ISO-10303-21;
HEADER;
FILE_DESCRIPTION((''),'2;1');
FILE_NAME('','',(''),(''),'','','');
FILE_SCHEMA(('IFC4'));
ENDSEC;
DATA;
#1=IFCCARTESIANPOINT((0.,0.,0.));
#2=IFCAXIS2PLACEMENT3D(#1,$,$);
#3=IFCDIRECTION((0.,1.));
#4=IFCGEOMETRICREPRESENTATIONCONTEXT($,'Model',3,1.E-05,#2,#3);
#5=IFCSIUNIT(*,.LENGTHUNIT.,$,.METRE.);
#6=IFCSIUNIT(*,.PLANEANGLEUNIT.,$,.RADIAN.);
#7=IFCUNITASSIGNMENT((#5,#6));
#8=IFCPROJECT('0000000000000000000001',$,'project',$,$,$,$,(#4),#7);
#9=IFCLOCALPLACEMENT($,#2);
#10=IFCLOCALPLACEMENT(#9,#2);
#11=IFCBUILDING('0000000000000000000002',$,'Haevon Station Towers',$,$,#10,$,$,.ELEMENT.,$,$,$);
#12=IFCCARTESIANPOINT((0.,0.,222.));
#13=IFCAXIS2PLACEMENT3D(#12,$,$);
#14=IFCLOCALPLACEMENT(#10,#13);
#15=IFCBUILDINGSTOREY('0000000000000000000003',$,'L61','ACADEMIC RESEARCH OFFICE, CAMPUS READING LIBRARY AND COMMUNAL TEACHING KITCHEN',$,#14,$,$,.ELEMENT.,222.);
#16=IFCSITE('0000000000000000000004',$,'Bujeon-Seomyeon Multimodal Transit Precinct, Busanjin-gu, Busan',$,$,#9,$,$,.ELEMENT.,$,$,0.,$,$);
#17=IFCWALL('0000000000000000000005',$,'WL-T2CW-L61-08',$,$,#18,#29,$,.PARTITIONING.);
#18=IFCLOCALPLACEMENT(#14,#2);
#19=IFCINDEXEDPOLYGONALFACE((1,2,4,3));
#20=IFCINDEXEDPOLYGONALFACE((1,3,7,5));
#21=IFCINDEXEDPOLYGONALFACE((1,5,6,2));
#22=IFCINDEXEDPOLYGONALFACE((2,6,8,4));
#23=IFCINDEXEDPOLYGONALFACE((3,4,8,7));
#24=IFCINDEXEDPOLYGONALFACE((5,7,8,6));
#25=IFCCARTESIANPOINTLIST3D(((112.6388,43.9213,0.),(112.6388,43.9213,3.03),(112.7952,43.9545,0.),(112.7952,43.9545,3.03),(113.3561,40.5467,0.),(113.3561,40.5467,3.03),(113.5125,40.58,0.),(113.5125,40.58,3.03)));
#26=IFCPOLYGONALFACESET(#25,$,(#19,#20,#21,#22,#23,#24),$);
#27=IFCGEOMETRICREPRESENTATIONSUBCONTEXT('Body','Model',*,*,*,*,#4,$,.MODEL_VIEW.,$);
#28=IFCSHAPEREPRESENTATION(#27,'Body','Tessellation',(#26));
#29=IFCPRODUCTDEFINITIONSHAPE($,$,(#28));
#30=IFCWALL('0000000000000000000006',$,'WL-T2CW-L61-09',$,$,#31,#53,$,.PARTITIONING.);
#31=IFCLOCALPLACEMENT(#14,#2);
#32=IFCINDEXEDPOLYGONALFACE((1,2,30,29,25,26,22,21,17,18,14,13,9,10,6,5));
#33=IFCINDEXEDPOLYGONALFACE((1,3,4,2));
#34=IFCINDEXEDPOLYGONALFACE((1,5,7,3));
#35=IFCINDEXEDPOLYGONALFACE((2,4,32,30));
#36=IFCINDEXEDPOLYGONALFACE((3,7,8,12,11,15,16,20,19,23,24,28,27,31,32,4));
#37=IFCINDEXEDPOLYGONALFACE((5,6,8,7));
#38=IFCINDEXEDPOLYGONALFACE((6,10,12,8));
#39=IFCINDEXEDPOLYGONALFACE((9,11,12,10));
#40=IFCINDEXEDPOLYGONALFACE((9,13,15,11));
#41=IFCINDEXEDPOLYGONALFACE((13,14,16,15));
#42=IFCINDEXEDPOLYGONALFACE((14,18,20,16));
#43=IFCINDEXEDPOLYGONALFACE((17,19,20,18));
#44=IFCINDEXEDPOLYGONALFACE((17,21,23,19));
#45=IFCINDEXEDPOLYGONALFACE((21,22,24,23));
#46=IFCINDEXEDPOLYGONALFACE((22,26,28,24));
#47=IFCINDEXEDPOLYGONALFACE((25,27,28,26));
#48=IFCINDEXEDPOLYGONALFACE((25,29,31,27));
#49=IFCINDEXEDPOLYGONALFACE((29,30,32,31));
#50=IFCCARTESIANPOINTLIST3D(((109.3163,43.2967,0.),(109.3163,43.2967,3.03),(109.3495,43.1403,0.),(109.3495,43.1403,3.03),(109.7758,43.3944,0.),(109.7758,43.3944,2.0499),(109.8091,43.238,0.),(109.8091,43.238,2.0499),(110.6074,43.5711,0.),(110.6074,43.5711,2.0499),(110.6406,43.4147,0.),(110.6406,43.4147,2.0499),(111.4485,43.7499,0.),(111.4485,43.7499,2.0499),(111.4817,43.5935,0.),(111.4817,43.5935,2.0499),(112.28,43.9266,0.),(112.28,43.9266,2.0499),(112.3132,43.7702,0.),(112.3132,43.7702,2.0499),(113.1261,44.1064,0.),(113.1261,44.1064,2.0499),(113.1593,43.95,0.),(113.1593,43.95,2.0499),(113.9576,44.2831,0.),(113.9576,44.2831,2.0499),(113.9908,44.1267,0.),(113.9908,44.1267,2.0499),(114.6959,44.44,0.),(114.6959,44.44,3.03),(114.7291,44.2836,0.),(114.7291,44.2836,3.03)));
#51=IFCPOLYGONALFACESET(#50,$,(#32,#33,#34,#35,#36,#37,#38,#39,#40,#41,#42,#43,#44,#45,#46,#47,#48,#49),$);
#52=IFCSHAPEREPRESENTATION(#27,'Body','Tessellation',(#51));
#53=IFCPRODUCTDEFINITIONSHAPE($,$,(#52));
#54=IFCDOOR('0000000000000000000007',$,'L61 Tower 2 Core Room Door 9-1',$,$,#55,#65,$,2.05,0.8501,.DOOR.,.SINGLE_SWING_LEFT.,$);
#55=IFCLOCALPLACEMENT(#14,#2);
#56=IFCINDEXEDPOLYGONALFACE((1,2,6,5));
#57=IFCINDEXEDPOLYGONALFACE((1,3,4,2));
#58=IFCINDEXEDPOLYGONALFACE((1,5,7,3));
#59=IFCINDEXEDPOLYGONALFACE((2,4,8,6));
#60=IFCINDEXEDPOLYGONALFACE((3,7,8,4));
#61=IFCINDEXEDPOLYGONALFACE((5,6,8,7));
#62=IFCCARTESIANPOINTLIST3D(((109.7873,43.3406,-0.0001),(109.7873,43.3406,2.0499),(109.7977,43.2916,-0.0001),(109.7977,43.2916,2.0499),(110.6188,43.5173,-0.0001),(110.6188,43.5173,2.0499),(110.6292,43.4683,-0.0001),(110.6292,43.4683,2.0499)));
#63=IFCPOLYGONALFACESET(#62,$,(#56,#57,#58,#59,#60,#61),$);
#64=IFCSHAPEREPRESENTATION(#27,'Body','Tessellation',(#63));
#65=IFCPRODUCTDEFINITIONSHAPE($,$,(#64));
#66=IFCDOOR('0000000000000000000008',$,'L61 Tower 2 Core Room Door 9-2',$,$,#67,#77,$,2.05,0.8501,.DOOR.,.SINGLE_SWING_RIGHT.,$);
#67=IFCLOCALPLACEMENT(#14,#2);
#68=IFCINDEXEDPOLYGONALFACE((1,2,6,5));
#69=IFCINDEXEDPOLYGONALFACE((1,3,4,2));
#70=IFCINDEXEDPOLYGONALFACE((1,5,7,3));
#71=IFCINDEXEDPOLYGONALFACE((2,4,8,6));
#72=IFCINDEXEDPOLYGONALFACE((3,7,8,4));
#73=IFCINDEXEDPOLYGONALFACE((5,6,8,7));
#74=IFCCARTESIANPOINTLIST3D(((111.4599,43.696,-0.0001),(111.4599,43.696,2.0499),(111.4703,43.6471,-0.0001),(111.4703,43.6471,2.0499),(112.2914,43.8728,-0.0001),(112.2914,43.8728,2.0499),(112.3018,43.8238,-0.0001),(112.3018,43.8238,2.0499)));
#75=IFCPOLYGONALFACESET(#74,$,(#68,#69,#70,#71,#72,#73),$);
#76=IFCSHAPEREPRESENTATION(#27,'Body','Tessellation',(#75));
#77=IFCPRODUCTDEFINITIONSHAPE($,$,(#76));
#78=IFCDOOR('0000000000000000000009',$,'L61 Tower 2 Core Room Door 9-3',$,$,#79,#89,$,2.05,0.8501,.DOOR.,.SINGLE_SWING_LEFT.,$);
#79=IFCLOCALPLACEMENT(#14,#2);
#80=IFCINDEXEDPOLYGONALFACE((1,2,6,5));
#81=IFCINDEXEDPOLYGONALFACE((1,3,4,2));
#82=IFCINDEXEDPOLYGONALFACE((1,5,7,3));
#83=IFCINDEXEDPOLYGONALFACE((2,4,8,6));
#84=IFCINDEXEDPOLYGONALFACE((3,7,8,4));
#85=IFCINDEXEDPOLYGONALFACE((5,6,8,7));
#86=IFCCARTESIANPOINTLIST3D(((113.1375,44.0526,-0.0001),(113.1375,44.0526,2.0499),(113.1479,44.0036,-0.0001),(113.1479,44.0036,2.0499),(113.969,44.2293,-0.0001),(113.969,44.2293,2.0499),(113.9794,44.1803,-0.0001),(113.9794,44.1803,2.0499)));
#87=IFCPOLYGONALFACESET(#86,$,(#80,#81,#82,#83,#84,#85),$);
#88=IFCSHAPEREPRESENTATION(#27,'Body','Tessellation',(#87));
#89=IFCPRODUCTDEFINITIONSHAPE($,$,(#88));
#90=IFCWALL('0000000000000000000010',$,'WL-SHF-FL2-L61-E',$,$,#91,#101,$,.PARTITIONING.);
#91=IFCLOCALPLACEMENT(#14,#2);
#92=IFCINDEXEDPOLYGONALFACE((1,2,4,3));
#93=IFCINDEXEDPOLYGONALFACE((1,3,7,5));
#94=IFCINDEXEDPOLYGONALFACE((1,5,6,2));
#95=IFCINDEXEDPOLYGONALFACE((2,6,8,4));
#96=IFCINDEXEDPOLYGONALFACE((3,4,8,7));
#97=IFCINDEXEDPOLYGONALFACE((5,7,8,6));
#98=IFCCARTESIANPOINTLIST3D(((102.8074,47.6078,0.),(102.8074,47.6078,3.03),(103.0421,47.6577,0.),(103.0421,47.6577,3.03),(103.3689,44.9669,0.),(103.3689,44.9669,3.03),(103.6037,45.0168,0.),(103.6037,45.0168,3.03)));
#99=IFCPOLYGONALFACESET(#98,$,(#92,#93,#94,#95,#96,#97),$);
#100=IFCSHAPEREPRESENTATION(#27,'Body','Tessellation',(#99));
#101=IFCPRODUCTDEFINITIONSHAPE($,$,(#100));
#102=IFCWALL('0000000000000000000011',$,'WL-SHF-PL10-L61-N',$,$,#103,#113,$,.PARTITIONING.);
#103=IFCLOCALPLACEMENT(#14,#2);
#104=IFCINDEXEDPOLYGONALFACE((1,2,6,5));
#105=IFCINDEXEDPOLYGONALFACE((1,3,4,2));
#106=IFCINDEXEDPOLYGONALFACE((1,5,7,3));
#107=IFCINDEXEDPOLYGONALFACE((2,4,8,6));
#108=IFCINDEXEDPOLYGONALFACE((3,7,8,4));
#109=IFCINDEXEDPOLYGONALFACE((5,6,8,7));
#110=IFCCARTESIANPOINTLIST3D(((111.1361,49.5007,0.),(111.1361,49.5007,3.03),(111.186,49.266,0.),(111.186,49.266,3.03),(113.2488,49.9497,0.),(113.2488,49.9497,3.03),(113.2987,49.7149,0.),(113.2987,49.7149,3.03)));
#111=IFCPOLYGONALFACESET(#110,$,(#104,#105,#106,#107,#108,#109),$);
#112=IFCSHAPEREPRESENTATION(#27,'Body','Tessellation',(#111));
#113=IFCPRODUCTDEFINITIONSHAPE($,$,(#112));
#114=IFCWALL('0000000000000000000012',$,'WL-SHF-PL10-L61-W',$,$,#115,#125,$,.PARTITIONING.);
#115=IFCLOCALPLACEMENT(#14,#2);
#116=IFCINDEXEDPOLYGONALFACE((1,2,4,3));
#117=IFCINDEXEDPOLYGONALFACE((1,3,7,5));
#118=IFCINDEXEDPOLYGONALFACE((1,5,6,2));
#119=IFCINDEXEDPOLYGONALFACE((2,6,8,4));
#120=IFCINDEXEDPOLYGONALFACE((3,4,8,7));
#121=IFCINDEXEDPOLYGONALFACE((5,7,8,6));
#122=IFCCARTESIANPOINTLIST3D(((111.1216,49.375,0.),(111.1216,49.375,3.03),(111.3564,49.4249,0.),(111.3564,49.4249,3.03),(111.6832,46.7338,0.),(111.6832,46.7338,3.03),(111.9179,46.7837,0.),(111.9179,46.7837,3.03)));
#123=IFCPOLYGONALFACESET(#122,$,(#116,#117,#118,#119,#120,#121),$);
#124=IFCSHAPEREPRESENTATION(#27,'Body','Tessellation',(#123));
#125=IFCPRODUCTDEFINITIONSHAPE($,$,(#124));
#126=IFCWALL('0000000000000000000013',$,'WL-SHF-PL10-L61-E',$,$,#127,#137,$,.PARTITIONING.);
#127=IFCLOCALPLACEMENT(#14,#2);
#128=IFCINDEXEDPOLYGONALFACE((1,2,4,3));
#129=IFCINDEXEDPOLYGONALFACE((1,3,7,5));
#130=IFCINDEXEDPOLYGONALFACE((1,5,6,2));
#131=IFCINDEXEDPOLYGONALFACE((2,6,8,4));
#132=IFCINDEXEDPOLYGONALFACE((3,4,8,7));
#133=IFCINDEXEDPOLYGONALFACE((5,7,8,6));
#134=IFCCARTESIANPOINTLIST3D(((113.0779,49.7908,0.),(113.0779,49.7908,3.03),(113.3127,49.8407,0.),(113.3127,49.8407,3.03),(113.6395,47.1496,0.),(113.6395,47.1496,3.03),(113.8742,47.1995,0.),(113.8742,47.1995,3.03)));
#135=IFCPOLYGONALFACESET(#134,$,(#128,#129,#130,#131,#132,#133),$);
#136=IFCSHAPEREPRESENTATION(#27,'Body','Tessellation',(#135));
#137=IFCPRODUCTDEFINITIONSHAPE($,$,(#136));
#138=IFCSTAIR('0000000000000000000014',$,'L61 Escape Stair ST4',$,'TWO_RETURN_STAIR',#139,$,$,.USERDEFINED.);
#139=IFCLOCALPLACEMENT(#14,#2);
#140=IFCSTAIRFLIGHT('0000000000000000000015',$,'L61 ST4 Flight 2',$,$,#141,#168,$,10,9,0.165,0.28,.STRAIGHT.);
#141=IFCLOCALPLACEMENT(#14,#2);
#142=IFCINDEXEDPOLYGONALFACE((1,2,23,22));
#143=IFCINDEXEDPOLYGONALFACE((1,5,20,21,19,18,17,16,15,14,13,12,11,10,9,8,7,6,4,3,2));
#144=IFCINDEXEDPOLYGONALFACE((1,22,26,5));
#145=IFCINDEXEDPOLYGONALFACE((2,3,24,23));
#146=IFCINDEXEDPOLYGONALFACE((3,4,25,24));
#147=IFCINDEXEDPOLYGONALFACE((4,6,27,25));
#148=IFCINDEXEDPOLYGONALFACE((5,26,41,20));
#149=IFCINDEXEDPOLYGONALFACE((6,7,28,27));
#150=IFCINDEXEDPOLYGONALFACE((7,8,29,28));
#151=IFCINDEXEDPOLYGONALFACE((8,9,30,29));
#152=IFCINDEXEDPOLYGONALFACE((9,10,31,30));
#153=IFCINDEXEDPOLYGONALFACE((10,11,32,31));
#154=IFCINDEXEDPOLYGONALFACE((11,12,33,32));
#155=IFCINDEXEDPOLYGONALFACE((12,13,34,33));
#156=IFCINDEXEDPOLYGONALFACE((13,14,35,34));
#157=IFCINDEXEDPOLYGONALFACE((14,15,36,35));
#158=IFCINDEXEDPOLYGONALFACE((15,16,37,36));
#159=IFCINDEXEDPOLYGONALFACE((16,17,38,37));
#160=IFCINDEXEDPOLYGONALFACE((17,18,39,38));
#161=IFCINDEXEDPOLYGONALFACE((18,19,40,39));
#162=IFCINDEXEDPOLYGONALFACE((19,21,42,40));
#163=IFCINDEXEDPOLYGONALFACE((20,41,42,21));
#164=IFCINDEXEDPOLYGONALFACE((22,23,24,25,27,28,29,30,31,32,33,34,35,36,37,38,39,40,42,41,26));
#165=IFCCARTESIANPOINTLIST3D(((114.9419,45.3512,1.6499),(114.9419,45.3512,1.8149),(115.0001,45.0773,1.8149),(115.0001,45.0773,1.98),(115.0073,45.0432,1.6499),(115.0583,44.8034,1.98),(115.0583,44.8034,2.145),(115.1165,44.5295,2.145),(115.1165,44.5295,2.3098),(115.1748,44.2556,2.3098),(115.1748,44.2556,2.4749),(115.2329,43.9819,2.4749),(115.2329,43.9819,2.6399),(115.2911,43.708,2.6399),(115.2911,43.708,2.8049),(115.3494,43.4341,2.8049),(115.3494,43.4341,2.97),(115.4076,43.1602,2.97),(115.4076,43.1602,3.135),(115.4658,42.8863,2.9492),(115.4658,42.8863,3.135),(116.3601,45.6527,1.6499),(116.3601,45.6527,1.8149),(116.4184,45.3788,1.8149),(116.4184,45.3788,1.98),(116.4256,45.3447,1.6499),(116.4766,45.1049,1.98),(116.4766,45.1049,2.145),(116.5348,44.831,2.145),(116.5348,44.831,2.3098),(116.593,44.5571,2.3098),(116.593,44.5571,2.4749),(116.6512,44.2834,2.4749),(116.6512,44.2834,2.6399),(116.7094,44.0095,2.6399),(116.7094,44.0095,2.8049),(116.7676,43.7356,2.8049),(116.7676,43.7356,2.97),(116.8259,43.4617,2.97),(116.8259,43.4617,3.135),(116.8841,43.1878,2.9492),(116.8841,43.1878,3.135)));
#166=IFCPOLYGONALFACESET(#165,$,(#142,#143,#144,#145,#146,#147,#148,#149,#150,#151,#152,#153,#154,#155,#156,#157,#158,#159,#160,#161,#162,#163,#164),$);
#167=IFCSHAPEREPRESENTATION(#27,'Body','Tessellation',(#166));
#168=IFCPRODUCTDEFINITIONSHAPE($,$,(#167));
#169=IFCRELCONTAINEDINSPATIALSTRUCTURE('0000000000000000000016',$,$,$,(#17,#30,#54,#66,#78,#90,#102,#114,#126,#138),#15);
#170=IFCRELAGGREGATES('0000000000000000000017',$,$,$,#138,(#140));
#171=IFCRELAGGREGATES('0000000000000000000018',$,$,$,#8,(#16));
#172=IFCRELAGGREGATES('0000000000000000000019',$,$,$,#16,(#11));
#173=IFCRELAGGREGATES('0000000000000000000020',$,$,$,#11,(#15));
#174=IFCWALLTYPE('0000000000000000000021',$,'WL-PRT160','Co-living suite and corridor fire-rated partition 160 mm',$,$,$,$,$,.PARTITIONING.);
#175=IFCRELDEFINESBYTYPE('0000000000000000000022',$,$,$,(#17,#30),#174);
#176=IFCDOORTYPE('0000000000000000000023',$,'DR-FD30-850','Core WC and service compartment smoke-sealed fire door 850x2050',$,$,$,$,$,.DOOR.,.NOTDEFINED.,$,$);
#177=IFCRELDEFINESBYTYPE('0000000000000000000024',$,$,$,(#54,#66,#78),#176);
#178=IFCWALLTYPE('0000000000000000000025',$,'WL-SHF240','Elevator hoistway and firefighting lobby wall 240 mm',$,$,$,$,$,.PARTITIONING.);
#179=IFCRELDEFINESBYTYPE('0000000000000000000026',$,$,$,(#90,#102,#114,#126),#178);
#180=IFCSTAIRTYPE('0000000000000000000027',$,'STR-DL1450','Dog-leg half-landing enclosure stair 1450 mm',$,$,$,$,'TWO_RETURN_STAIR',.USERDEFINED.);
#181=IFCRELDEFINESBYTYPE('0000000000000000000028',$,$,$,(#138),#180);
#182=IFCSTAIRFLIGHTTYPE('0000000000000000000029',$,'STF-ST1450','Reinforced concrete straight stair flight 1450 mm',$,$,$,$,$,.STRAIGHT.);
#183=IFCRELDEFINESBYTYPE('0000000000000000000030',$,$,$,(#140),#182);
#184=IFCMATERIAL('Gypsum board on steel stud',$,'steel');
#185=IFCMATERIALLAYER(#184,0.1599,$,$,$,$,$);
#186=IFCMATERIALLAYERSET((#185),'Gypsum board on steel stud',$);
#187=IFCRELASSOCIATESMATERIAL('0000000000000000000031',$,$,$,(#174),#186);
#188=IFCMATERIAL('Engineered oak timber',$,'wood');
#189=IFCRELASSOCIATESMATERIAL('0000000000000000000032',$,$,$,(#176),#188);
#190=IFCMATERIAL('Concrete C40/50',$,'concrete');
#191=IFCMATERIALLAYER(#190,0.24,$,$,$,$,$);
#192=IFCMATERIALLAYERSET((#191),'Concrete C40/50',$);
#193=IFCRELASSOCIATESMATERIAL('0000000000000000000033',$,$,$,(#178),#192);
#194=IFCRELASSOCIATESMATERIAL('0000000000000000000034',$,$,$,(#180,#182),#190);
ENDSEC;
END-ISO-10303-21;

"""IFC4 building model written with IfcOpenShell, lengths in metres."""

from ifc_helpers import new_model, si_unit, direction, frame, frame_2d, origin, place, context, subcontext, project, spatial, polyline, rectangle, outline, extrude, material, layer, layer_set, type_object, element, fill, aggregate, save


model = new_model("IFC4")

# Units and contexts
model_context = context("Model", 3, precision=1e-05, world=origin(), true_north=direction((0.0, 1.0)))
body_context = subcontext(model_context, "Body", "Model", "MODEL_VIEW")
ifc_project = project(units=[si_unit("LENGTHUNIT", "METRE"), si_unit("PLANEANGLEUNIT", "RADIAN")], contexts=[model_context])

# Site, building, storey
site_placement = place(None, origin())
site = spatial("IfcSite", under=ifc_project, at=site_placement, Name="Bujeon-Seomyeon Multimodal Transit Precinct, Busanjin-gu, Busan", CompositionType="ELEMENT", RefElevation=0.0)
building_placement = place(site_placement, origin())
building = spatial("IfcBuilding", under=site, at=building_placement, Name="Haevon Station Towers", CompositionType="ELEMENT")
storey_placement = place(building_placement, frame((0.0, 0.0, 222.0)))
storey = spatial("IfcBuildingStorey", under=building, at=storey_placement, Name="L61", Description="ACADEMIC RESEARCH OFFICE, CAMPUS READING LIBRARY AND COMMUNAL TEACHING KITCHEN", CompositionType="ELEMENT", Elevation=222.0)

# Shared definitions
ifc_material_1 = material(Name="Gypsum board on steel stud", Category="steel")
ifc_material_2 = material(Name="Engineered oak timber", Category="wood")

# Shared definitions
ifc_layer_1 = layer(ifc_material_1, 0.1599)
ifc_layer_set_1 = layer_set([ifc_layer_1], Name="Gypsum board on steel stud")
wall_type_1 = type_object("IfcWallType", Name="WL-PRT160", Description="Co-living suite and corridor fire-rated partition 160 mm", PredefinedType="PARTITIONING", material=ifc_layer_set_1)

# Wall
wall_1_placement = place(storey_placement, frame((113.4343, 40.5632, 0.0), z_axis=(0.0, 0.0, 1.0), x_axis=(-0.207915, 0.978147, 0.0)))
element("IfcWall", 1, at=wall_1_placement, inside=storey, type_object=wall_type_1, Name="WL-T2CW-L61-08", PredefinedType="PARTITIONING", context=body_context, shape_type="SweptSolid", body=[
    extrude(rectangle(XDim=3.45, YDim=0.1599, at=frame_2d((1.7251, 0.0))), origin(), (0.0, 0.0, 1.0), 3.03),
])

# Wall, openings, doors
wall_2_placement = place(storey_placement, frame((109.3328, 43.2185, 0.0), z_axis=(0.0, 0.0, 1.0), x_axis=(0.978154, 0.207883, 0.0)))
wall_2 = element("IfcWall", 2, at=wall_2_placement, inside=storey, type_object=wall_type_1, Name="WL-T2CW-L61-09", PredefinedType="PARTITIONING", context=body_context, shape_type="SweptSolid", body=[
    extrude(rectangle(XDim=5.4998, YDim=0.1599, at=frame_2d((2.75, 0.0))), origin(), (0.0, 0.0, 1.0), 3.03),
])
opening_1_placement = place(wall_2_placement, frame((0.47, 0.0, 0.0)))
opening_1 = element("IfcOpeningElement", 3, at=opening_1_placement, cuts=wall_2, PredefinedType="OPENING", context=body_context, shape_type="SweptSolid", body=[
    extrude(rectangle(XDim=0.8501, YDim=2.05, at=frame_2d((0.425, 1.0249))), frame((0.0, 0.0898, 0.0), z_axis=(0.0, -1.0, 0.0), x_axis=(1.0, 0.0, 0.0)), (0.0, 0.0, 1.0), 0.1799),
])
opening_2_placement = place(wall_2_placement, frame((2.1799, 0.0, 0.0)))
opening_2 = element("IfcOpeningElement", 4, at=opening_2_placement, cuts=wall_2, PredefinedType="OPENING", context=body_context, shape_type="SweptSolid", body=[
    extrude(rectangle(XDim=0.8501, YDim=2.05, at=frame_2d((0.425, 1.0249))), frame((0.0, 0.0898, 0.0), z_axis=(0.0, -1.0, 0.0), x_axis=(1.0, 0.0, 0.0)), (0.0, 0.0, 1.0), 0.1799),
])
opening_3_placement = place(wall_2_placement, frame((3.895, 0.0, 0.0)))
opening_3 = element("IfcOpeningElement", 5, at=opening_3_placement, cuts=wall_2, PredefinedType="OPENING", context=body_context, shape_type="SweptSolid", body=[
    extrude(rectangle(XDim=0.8501, YDim=2.05, at=frame_2d((0.425, 1.0249))), frame((0.0, 0.0898, 0.0), z_axis=(0.0, -1.0, 0.0), x_axis=(1.0, 0.0, 0.0)), (0.0, 0.0, 1.0), 0.1799),
])
door_type_1 = type_object("IfcDoorType", Name="DR-FD30-850", Description="Core WC and service compartment smoke-sealed fire door 850x2050", OperationType="NOTDEFINED", PredefinedType="DOOR", material=ifc_material_2)
door_1_placement = place(opening_1_placement, origin())
door_1 = element("IfcDoor", 6, at=door_1_placement, inside=storey, type_object=door_type_1, Name="L61 Tower 2 Core Room Door 9-1", OperationType="SINGLE_SWING_LEFT", OverallHeight=2.05, OverallWidth=0.8501, PredefinedType="DOOR", context=body_context, shape_type="SweptSolid", body=[
    extrude(rectangle(XDim=0.8501, YDim=2.05, at=frame_2d((0.425, 1.0249))), frame((0.0, 0.0249, 0.0), z_axis=(0.0, -1.0, 0.0), x_axis=(1.0, 0.0, 0.0)), (0.0, 0.0, 1.0), 0.05),
])
fill(opening_1, door_1)
door_2_placement = place(opening_2_placement, origin())
door_2 = element("IfcDoor", 7, at=door_2_placement, inside=storey, type_object=door_type_1, Name="L61 Tower 2 Core Room Door 9-2", OperationType="SINGLE_SWING_RIGHT", OverallHeight=2.05, OverallWidth=0.8501, PredefinedType="DOOR", context=body_context, shape_type="SweptSolid", body=[
    extrude(rectangle(XDim=0.8501, YDim=2.05, at=frame_2d((0.425, 1.0249))), frame((0.0, 0.0249, 0.0), z_axis=(0.0, -1.0, 0.0), x_axis=(1.0, 0.0, 0.0)), (0.0, 0.0, 1.0), 0.05),
])
fill(opening_2, door_2)
door_3_placement = place(opening_3_placement, origin())
door_3 = element("IfcDoor", 8, at=door_3_placement, inside=storey, type_object=door_type_1, Name="L61 Tower 2 Core Room Door 9-3", OperationType="SINGLE_SWING_LEFT", OverallHeight=2.05, OverallWidth=0.8501, PredefinedType="DOOR", context=body_context, shape_type="SweptSolid", body=[
    extrude(rectangle(XDim=0.8501, YDim=2.05, at=frame_2d((0.425, 1.0249))), frame((0.0, 0.0249, 0.0), z_axis=(0.0, -1.0, 0.0), x_axis=(1.0, 0.0, 0.0)), (0.0, 0.0, 1.0), 0.05),
])
fill(opening_3, door_3)

# Shared definitions
ifc_material_3 = material(Name="Concrete C40/50", Category="concrete")
ifc_layer_2 = layer(ifc_material_3, 0.24)
ifc_layer_set_2 = layer_set([ifc_layer_2], Name="Concrete C40/50")
wall_type_2 = type_object("IfcWallType", Name="WL-SHF240", Description="Elevator hoistway and firefighting lobby wall 240 mm", PredefinedType="PARTITIONING", material=ifc_layer_set_2)

# Wall
wall_3_placement = place(storey_placement, frame((103.4863, 44.9917, 0.0), z_axis=(0.0, 0.0, 1.0), x_axis=(-0.207979, 0.978133, 0.0)))
element("IfcWall", 9, at=wall_3_placement, inside=storey, type_object=wall_type_2, Name="WL-SHF-FL2-L61-E", PredefinedType="PARTITIONING", context=body_context, shape_type="SweptSolid", body=[
    extrude(rectangle(XDim=2.7, YDim=0.24, at=frame_2d((1.3501, 0.0))), origin(), (0.0, 0.0, 1.0), 3.03),
])

# Walls
wall_4_placement = place(storey_placement, frame((111.1609, 49.3833, 0.0), z_axis=(0.0, 0.0, 1.0), x_axis=(0.978158, 0.207861, 0.0)))
element("IfcWall", 10, at=wall_4_placement, inside=storey, type_object=wall_type_2, Name="WL-SHF-PL10-L61-N", PredefinedType="PARTITIONING", context=body_context, shape_type="SweptSolid", body=[
    extrude(rectangle(XDim=2.1599, YDim=0.24, at=frame_2d((1.0801, 0.0))), origin(), (0.0, 0.0, 1.0), 3.03),
])
for number, where, z_axis, x_axis, name in (
    (11, (111.8005, 46.7588, 0.0), (0.0, 0.0, 1.0), (-0.20796, 0.978137, 0.0), "WL-SHF-PL10-L61-W"),
    (12, (113.7568, 47.1746, 0.0), (0.0, 0.0, 1.0), (-0.20796, 0.978137, 0.0), "WL-SHF-PL10-L61-E"),
):
    element("IfcWall", number, at=place(storey_placement, frame(where, z_axis=z_axis, x_axis=x_axis)), inside=storey, type_object=wall_type_2, Name=name, PredefinedType="PARTITIONING", context=body_context, shape_type="SweptSolid", body=[
        extrude(rectangle(XDim=2.7002, YDim=0.24, at=frame_2d((1.3501, 0.0))), origin(), (0.0, 0.0, 1.0), 3.03),
    ])

# Stair, stair flight
stair_type = type_object("IfcStairType", Name="STR-DL1450", Description="Dog-leg half-landing enclosure stair 1450 mm", ElementType="TWO_RETURN_STAIR", PredefinedType="USERDEFINED", material=ifc_material_3)
stair_placement = place(storey_placement, origin())
stair = element("IfcStair", 13, at=stair_placement, inside=storey, type_object=stair_type, Name="L61 Escape Stair ST4", ObjectType="TWO_RETURN_STAIR", PredefinedType="USERDEFINED")
stair_flight_type = type_object("IfcStairFlightType", Name="STF-ST1450", Description="Reinforced concrete straight stair flight 1450 mm", PredefinedType="STRAIGHT", material=ifc_material_3)
stair_flight_placement = place(storey_placement, frame((115.6509, 45.502, 1.6499), z_axis=(0.0, 0.0, 1.0), x_axis=(0.207912, -0.978148, 0.0)))
stair_flight = element("IfcStairFlight", 14, at=stair_flight_placement, type_object=stair_flight_type, Name="L61 ST4 Flight 2", NumberOfRisers=10, NumberOfTreads=9, PredefinedType="STRAIGHT", RiserHeight=0.165, TreadLength=0.28, context=body_context, shape_type="SweptSolid", body=[
    extrude(outline(polyline([(0.0, 0.0), (0.0, 0.165), (0.28, 0.165), (0.28, 0.3301), (0.5601, 0.3301), (0.5601, 0.4951), (0.8401, 0.4951), (0.8401, 0.6599), (1.1201, 0.6599), (1.1201, 0.825), (1.3999, 0.825), (1.3999, 0.99), (1.6799, 0.99), (1.6799, 1.155), (1.96, 1.155), (1.96, 1.3201), (2.24, 1.3201), (2.24, 1.4851), (2.52, 1.4851), (2.52, 1.6499), (2.52, 1.2993), (0.3149, 0.0), (0.0, 0.0)])), frame((0.0, 0.7251, 0.0), z_axis=(0.0, -1.0, 0.0), x_axis=(1.0, 0.0, 0.0)), (0.0, 0.0, 1.0), 1.45),
])
aggregate(stair, [stair_flight])

save(model, "model.ifc")
